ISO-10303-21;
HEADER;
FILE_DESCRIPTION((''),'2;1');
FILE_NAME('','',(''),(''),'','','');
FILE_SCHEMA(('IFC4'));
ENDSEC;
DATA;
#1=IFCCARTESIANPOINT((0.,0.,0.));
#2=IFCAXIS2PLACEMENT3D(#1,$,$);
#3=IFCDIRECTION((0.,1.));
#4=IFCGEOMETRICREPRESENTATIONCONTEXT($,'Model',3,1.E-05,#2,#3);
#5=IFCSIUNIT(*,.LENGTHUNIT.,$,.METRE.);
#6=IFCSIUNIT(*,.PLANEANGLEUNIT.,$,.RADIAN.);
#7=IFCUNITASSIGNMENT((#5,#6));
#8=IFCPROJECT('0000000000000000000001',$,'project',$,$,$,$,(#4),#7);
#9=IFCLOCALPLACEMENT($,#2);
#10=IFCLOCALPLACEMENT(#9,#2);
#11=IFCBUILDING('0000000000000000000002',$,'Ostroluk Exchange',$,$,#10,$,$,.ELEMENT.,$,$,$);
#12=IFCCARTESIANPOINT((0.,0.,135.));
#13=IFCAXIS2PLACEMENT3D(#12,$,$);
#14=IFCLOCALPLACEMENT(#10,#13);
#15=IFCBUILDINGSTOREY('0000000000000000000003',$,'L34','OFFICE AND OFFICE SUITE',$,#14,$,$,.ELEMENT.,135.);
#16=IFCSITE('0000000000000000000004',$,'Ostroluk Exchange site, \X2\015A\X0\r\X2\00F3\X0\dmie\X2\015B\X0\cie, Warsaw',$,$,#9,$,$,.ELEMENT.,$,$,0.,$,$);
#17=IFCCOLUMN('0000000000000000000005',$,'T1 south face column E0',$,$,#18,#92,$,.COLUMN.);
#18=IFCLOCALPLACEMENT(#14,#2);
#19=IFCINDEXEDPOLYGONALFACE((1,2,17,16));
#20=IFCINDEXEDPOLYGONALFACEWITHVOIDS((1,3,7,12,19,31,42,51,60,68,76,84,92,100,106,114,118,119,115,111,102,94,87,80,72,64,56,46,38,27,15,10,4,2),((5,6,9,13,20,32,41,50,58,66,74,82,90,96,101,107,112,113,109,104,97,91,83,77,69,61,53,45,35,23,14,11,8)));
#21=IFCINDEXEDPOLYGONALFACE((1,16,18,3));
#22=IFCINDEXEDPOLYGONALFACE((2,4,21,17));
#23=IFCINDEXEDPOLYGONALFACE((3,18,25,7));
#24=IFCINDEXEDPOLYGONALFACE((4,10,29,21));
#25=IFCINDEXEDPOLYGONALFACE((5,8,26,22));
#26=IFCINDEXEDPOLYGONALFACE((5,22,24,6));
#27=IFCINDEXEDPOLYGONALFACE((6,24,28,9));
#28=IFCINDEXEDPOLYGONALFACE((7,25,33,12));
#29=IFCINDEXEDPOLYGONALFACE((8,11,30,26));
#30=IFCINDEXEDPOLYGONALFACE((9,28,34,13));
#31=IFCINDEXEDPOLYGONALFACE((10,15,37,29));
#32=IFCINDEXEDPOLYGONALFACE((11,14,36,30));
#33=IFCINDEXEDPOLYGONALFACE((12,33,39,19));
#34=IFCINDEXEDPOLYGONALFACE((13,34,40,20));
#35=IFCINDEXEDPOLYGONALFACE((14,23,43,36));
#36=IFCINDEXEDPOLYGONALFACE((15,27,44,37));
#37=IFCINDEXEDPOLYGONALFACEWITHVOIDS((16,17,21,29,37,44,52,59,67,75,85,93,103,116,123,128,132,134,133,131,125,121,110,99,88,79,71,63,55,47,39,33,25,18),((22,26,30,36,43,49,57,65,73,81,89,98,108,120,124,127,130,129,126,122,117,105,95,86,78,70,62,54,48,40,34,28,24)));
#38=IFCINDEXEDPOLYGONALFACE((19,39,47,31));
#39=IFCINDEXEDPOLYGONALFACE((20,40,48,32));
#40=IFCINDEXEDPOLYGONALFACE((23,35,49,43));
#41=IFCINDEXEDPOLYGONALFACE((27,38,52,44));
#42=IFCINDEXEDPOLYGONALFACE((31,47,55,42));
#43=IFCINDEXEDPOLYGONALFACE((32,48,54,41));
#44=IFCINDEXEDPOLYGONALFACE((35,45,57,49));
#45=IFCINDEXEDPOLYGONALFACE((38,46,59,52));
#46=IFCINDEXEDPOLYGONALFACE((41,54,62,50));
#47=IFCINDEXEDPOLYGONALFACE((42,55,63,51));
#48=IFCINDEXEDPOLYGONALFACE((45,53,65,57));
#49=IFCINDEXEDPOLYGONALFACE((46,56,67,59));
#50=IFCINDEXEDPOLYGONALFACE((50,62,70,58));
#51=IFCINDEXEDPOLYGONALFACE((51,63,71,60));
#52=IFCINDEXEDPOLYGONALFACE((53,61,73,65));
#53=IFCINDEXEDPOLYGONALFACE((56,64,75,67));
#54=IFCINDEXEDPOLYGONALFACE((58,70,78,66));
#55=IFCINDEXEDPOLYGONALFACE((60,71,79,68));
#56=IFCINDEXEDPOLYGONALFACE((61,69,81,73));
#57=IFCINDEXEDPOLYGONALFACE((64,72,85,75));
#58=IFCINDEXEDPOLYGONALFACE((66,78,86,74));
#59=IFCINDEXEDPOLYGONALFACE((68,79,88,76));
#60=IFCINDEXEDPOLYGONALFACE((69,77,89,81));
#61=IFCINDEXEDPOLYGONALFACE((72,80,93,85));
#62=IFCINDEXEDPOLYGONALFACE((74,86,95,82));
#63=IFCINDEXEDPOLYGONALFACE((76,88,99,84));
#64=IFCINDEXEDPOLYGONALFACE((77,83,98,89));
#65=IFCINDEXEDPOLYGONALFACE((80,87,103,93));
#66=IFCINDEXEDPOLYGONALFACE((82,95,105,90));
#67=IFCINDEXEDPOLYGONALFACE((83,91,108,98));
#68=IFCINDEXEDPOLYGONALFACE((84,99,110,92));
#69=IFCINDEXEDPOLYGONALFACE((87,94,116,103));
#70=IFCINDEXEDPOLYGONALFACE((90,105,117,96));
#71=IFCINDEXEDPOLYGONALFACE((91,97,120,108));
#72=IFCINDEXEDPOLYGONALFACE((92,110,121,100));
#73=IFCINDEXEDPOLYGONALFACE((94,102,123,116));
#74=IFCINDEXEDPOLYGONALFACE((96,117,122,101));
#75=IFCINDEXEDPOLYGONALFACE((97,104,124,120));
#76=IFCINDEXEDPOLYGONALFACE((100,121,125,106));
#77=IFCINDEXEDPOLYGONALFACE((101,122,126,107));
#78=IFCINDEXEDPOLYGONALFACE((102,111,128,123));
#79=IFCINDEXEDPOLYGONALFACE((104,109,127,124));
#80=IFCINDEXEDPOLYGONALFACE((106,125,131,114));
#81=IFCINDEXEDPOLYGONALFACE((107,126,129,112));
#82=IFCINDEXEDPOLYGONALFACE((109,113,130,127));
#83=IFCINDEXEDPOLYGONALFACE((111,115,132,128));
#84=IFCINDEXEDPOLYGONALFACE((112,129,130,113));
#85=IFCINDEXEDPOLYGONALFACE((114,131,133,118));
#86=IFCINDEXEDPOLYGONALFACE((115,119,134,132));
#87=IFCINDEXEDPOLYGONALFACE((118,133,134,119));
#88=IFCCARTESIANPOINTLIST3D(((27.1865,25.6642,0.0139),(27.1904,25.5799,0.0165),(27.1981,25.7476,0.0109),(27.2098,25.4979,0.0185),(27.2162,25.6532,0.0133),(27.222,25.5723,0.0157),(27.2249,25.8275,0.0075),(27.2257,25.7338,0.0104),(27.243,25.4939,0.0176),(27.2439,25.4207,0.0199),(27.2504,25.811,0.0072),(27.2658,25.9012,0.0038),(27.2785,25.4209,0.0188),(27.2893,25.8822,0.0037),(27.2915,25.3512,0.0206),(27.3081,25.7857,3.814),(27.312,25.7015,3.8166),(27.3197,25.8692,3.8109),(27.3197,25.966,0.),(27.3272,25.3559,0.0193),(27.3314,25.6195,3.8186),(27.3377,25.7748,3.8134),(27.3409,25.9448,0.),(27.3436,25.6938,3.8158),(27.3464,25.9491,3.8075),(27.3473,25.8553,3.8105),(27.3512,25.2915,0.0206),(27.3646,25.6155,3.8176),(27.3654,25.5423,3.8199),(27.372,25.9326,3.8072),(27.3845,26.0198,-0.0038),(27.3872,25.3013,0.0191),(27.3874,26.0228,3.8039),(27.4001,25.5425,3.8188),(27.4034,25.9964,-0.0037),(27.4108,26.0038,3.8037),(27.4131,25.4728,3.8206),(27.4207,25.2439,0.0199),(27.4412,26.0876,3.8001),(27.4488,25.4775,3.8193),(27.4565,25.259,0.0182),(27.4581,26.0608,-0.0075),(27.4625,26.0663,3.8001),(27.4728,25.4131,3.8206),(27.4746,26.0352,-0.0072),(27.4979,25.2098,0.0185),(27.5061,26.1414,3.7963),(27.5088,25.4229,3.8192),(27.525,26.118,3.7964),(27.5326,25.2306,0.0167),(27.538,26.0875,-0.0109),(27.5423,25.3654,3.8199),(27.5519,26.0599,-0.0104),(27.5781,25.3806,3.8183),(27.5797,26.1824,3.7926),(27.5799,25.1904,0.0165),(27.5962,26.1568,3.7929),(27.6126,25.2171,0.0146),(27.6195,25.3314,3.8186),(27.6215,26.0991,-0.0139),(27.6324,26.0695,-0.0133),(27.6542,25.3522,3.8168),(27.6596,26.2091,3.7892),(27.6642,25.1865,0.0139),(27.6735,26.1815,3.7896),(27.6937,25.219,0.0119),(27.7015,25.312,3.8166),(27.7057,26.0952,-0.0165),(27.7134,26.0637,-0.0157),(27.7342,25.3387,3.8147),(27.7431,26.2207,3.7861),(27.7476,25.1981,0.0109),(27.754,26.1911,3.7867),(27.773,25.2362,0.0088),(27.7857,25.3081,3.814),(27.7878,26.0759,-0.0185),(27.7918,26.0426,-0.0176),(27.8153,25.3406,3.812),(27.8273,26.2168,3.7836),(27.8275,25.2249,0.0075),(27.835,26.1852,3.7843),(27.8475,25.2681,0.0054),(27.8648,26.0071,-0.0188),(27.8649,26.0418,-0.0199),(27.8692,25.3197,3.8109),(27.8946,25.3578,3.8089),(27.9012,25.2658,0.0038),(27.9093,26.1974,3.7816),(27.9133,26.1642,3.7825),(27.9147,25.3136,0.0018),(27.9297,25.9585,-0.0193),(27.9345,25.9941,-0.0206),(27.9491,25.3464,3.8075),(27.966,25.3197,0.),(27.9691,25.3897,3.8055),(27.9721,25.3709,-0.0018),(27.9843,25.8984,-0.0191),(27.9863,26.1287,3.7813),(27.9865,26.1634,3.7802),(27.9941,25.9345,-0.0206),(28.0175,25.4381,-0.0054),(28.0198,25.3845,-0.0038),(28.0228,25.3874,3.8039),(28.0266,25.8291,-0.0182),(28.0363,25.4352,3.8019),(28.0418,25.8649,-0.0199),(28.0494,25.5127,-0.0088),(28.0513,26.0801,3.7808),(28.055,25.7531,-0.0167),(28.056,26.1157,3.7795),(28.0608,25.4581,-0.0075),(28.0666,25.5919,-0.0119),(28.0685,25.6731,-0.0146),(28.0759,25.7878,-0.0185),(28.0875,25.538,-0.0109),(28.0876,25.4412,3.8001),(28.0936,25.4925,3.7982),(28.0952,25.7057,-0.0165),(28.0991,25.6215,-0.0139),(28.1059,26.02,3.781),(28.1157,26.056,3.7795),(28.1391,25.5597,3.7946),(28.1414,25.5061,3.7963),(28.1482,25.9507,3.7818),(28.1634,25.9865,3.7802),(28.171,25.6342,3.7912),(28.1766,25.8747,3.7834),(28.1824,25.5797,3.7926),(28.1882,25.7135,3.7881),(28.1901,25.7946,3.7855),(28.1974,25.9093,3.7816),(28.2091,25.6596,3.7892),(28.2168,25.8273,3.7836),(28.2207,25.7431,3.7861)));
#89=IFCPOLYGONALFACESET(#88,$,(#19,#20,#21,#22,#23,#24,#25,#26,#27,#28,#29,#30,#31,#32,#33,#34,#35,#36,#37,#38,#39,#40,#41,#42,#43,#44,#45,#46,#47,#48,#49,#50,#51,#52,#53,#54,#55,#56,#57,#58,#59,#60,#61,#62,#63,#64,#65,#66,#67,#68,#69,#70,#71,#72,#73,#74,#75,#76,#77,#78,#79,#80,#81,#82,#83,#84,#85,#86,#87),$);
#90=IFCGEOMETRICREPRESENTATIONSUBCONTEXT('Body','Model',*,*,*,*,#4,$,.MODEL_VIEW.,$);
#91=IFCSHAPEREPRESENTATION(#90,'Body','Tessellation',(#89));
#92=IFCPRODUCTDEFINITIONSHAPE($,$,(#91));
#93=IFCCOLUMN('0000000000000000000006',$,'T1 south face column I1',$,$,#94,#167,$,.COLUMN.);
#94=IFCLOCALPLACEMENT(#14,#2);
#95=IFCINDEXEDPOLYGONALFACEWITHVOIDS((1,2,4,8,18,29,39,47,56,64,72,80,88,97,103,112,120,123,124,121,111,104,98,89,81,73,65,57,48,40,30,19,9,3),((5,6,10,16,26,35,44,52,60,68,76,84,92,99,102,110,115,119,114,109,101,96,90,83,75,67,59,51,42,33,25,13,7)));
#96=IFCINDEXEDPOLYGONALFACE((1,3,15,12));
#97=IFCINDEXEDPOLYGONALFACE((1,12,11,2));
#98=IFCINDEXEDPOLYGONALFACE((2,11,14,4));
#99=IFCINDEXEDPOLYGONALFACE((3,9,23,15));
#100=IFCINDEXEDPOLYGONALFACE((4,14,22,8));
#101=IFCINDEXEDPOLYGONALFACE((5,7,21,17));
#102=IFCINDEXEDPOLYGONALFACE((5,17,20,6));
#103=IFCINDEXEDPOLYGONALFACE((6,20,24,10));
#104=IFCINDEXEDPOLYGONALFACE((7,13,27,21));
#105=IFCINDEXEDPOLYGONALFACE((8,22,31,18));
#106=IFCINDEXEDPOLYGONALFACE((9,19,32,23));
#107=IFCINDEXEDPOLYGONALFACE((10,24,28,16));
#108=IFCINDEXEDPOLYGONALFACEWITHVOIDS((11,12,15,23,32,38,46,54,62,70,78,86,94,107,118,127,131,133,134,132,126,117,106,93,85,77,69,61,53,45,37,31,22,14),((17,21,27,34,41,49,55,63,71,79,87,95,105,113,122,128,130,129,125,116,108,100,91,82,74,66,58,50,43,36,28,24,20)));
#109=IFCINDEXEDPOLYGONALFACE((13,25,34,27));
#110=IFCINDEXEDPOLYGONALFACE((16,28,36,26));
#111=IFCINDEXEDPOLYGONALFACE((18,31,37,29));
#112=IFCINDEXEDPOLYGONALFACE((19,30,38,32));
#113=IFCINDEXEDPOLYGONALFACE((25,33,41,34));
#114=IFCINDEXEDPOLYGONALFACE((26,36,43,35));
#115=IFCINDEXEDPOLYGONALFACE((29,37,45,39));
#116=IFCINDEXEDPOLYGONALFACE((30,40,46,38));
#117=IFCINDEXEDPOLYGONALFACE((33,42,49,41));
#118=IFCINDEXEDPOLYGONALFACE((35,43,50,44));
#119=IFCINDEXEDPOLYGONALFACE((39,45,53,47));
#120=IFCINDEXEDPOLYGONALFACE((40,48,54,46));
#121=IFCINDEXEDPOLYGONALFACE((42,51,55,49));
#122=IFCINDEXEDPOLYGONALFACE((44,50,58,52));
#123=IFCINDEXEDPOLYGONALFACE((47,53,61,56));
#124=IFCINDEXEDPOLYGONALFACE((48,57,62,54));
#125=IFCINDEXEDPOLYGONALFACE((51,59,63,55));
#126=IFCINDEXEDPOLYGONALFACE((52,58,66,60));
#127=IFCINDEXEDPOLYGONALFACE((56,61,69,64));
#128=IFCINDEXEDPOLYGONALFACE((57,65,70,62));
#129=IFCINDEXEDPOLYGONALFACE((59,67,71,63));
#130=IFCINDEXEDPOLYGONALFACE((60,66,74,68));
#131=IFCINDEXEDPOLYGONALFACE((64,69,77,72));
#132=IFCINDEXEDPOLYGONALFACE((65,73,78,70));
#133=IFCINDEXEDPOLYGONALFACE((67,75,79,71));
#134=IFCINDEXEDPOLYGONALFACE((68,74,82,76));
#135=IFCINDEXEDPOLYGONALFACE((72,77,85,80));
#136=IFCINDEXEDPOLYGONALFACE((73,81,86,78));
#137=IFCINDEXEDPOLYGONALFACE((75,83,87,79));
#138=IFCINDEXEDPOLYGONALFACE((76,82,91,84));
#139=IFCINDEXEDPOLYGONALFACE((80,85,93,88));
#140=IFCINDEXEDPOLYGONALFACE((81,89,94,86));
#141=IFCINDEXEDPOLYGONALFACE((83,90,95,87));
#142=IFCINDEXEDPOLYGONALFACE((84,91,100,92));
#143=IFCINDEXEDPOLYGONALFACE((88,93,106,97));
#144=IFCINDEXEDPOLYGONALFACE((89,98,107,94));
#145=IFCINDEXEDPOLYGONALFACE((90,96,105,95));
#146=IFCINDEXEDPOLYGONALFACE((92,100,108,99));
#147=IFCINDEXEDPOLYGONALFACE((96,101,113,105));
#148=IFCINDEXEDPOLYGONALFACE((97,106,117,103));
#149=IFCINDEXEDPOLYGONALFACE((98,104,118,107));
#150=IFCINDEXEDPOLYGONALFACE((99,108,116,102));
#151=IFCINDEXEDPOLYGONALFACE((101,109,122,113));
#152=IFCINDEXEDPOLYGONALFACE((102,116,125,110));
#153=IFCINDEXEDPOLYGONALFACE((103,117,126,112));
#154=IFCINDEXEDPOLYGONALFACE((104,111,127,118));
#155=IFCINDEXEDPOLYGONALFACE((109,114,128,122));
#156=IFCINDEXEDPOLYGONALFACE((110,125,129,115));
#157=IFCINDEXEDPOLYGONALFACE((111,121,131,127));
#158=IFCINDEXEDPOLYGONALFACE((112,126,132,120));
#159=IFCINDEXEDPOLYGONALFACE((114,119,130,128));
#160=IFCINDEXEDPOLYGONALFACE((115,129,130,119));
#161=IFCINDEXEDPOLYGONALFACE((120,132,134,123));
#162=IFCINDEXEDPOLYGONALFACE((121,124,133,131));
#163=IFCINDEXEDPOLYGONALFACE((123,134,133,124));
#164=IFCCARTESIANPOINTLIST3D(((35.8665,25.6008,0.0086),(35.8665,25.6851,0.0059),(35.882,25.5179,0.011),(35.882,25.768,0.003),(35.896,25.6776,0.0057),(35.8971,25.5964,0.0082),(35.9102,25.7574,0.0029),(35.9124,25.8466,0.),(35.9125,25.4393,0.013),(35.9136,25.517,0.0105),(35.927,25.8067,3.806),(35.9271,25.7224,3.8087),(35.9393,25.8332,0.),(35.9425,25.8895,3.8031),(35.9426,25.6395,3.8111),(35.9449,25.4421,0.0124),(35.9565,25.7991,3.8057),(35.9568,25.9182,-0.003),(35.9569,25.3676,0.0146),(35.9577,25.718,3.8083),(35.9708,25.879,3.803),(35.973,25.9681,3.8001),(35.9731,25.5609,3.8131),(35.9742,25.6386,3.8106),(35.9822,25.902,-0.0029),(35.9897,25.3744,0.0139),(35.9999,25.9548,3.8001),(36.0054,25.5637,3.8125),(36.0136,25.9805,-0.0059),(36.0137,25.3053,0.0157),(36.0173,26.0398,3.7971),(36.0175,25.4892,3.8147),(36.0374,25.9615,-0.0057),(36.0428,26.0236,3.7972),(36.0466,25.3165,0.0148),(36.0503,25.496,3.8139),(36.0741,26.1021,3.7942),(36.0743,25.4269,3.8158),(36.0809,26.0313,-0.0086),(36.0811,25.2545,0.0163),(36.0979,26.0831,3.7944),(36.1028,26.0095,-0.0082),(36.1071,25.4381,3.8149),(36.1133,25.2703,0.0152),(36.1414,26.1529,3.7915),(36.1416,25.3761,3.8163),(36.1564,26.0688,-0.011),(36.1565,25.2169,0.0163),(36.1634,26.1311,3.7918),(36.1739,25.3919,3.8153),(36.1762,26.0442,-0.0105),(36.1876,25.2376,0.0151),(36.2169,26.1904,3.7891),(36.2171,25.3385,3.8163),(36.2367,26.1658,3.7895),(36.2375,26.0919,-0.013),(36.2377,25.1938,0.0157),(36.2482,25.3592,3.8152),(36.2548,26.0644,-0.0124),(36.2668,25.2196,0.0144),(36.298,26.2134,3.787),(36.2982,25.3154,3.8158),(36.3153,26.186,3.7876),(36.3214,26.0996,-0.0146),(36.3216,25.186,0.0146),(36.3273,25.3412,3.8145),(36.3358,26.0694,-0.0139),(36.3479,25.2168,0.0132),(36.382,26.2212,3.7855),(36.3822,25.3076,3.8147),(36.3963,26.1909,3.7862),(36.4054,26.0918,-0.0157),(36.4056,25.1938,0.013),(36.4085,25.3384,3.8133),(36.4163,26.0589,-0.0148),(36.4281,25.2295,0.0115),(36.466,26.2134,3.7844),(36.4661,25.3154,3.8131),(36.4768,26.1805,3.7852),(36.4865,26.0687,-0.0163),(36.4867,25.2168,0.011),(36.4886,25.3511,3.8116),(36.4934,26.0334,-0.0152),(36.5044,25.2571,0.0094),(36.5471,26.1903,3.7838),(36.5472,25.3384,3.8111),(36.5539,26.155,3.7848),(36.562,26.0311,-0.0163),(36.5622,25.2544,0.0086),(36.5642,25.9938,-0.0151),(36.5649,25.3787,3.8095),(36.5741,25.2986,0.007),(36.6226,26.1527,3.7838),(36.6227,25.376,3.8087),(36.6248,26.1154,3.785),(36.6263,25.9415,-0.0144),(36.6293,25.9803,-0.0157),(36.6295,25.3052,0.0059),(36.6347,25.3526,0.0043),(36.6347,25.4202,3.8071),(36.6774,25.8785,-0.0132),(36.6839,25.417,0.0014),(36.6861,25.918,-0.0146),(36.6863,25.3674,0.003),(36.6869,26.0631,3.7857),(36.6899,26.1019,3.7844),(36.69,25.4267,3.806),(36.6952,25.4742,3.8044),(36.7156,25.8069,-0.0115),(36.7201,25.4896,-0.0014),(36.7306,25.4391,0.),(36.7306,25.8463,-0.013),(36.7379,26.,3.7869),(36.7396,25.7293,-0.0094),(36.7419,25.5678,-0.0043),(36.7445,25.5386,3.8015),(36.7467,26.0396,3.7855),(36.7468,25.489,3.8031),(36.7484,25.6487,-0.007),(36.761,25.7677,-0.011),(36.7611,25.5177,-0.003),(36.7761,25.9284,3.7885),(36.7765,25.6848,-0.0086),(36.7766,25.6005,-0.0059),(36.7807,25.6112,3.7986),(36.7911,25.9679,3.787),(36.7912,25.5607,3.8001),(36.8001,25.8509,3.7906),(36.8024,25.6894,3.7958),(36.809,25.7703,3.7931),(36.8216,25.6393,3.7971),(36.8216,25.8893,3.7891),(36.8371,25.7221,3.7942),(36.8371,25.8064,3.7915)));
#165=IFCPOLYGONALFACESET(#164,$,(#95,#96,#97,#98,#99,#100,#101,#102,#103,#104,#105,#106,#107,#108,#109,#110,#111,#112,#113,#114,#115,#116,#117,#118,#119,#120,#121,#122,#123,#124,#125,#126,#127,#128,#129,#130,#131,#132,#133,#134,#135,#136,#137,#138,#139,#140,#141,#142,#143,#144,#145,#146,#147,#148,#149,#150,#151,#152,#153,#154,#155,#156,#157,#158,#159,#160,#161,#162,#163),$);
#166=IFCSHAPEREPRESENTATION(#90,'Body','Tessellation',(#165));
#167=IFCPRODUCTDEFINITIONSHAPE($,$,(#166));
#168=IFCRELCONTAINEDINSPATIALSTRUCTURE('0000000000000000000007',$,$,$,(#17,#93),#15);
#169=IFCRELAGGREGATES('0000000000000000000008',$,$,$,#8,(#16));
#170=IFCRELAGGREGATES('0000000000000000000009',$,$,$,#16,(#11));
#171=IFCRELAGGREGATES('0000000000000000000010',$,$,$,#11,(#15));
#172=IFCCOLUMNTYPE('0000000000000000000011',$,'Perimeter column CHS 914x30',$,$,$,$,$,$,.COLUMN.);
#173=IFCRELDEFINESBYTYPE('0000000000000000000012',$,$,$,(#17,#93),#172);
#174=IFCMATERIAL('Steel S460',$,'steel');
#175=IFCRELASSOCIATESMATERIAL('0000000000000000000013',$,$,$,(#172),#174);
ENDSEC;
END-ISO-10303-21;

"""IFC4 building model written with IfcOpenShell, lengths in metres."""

from ifc_helpers import new_model, si_unit, direction, frame, origin, origin_2d, place, context, subcontext, project, spatial, hollow_circle, extrude, material, material_profile, profile_set, type_object, element, save


model = new_model("IFC4")

# Units and contexts
model_context = context("Model", 3, precision=1e-05, world=origin(), true_north=direction((0.0, 1.0)))
body_context = subcontext(model_context, "Body", "Model", "MODEL_VIEW")
ifc_project = project(units=[si_unit("LENGTHUNIT", "METRE"), si_unit("PLANEANGLEUNIT", "RADIAN")], contexts=[model_context])

# Site, building, storey
site_placement = place(None, origin())
site = spatial("IfcSite", under=ifc_project, at=site_placement, Name="Ostroluk Exchange site, Śródmieście, Warsaw", CompositionType="ELEMENT", RefElevation=0.0)
building_placement = place(site_placement, origin())
building = spatial("IfcBuilding", under=site, at=building_placement, Name="Ostroluk Exchange", CompositionType="ELEMENT")
storey_placement = place(building_placement, frame((0.0, 0.0, 135.0)))
storey = spatial("IfcBuildingStorey", under=building, at=storey_placement, Name="L34", Description="OFFICE AND OFFICE SUITE", CompositionType="ELEMENT", Elevation=135.0)

# Columns
ifc_material_1 = material(Name="Steel S460", Category="steel")
ifc_material_profile_1 = material_profile(ifc_material_1, hollow_circle(Radius=0.457, WallThickness=0.03, at=origin_2d()), Name="CHS 914x30")
ifc_profile_set_1 = profile_set([ifc_material_profile_1], Name="Steel S460")
column_type = type_object("IfcColumnType", Name="Perimeter column CHS 914x30", PredefinedType="COLUMN", material=ifc_profile_set_1)
column_1_placement = place(storey_placement, frame((27.6428, 25.6428, 0.0), z_axis=(0.031962, 0.031962, 0.998978), x_axis=(-0.707107, 0.707107, 0.0)))
element("IfcColumn", 1, at=column_1_placement, inside=storey, type_object=column_type, Name="T1 south face column E0", PredefinedType="COLUMN", context=body_context, shape_type="SweptSolid", body=[
    extrude(hollow_circle(Radius=0.457, WallThickness=0.03, at=origin_2d()), origin(), (0.0, 0.0, 1.0), 3.804),
])
column_2_placement = place(storey_placement, frame((36.3215, 25.6428, 0.0), z_axis=(0.015923, 0.031974, 0.999362), x_axis=(-0.895145, 0.445775, 0.0)))
element("IfcColumn", 2, at=column_2_placement, inside=storey, type_object=column_type, Name="T1 south face column I1", PredefinedType="COLUMN", context=body_context, shape_type="SweptSolid", body=[
    extrude(hollow_circle(Radius=0.457, WallThickness=0.03, at=origin_2d()), origin(), (0.0, 0.0, 1.0), 3.8025),
])

save(model, "model.ifc")
